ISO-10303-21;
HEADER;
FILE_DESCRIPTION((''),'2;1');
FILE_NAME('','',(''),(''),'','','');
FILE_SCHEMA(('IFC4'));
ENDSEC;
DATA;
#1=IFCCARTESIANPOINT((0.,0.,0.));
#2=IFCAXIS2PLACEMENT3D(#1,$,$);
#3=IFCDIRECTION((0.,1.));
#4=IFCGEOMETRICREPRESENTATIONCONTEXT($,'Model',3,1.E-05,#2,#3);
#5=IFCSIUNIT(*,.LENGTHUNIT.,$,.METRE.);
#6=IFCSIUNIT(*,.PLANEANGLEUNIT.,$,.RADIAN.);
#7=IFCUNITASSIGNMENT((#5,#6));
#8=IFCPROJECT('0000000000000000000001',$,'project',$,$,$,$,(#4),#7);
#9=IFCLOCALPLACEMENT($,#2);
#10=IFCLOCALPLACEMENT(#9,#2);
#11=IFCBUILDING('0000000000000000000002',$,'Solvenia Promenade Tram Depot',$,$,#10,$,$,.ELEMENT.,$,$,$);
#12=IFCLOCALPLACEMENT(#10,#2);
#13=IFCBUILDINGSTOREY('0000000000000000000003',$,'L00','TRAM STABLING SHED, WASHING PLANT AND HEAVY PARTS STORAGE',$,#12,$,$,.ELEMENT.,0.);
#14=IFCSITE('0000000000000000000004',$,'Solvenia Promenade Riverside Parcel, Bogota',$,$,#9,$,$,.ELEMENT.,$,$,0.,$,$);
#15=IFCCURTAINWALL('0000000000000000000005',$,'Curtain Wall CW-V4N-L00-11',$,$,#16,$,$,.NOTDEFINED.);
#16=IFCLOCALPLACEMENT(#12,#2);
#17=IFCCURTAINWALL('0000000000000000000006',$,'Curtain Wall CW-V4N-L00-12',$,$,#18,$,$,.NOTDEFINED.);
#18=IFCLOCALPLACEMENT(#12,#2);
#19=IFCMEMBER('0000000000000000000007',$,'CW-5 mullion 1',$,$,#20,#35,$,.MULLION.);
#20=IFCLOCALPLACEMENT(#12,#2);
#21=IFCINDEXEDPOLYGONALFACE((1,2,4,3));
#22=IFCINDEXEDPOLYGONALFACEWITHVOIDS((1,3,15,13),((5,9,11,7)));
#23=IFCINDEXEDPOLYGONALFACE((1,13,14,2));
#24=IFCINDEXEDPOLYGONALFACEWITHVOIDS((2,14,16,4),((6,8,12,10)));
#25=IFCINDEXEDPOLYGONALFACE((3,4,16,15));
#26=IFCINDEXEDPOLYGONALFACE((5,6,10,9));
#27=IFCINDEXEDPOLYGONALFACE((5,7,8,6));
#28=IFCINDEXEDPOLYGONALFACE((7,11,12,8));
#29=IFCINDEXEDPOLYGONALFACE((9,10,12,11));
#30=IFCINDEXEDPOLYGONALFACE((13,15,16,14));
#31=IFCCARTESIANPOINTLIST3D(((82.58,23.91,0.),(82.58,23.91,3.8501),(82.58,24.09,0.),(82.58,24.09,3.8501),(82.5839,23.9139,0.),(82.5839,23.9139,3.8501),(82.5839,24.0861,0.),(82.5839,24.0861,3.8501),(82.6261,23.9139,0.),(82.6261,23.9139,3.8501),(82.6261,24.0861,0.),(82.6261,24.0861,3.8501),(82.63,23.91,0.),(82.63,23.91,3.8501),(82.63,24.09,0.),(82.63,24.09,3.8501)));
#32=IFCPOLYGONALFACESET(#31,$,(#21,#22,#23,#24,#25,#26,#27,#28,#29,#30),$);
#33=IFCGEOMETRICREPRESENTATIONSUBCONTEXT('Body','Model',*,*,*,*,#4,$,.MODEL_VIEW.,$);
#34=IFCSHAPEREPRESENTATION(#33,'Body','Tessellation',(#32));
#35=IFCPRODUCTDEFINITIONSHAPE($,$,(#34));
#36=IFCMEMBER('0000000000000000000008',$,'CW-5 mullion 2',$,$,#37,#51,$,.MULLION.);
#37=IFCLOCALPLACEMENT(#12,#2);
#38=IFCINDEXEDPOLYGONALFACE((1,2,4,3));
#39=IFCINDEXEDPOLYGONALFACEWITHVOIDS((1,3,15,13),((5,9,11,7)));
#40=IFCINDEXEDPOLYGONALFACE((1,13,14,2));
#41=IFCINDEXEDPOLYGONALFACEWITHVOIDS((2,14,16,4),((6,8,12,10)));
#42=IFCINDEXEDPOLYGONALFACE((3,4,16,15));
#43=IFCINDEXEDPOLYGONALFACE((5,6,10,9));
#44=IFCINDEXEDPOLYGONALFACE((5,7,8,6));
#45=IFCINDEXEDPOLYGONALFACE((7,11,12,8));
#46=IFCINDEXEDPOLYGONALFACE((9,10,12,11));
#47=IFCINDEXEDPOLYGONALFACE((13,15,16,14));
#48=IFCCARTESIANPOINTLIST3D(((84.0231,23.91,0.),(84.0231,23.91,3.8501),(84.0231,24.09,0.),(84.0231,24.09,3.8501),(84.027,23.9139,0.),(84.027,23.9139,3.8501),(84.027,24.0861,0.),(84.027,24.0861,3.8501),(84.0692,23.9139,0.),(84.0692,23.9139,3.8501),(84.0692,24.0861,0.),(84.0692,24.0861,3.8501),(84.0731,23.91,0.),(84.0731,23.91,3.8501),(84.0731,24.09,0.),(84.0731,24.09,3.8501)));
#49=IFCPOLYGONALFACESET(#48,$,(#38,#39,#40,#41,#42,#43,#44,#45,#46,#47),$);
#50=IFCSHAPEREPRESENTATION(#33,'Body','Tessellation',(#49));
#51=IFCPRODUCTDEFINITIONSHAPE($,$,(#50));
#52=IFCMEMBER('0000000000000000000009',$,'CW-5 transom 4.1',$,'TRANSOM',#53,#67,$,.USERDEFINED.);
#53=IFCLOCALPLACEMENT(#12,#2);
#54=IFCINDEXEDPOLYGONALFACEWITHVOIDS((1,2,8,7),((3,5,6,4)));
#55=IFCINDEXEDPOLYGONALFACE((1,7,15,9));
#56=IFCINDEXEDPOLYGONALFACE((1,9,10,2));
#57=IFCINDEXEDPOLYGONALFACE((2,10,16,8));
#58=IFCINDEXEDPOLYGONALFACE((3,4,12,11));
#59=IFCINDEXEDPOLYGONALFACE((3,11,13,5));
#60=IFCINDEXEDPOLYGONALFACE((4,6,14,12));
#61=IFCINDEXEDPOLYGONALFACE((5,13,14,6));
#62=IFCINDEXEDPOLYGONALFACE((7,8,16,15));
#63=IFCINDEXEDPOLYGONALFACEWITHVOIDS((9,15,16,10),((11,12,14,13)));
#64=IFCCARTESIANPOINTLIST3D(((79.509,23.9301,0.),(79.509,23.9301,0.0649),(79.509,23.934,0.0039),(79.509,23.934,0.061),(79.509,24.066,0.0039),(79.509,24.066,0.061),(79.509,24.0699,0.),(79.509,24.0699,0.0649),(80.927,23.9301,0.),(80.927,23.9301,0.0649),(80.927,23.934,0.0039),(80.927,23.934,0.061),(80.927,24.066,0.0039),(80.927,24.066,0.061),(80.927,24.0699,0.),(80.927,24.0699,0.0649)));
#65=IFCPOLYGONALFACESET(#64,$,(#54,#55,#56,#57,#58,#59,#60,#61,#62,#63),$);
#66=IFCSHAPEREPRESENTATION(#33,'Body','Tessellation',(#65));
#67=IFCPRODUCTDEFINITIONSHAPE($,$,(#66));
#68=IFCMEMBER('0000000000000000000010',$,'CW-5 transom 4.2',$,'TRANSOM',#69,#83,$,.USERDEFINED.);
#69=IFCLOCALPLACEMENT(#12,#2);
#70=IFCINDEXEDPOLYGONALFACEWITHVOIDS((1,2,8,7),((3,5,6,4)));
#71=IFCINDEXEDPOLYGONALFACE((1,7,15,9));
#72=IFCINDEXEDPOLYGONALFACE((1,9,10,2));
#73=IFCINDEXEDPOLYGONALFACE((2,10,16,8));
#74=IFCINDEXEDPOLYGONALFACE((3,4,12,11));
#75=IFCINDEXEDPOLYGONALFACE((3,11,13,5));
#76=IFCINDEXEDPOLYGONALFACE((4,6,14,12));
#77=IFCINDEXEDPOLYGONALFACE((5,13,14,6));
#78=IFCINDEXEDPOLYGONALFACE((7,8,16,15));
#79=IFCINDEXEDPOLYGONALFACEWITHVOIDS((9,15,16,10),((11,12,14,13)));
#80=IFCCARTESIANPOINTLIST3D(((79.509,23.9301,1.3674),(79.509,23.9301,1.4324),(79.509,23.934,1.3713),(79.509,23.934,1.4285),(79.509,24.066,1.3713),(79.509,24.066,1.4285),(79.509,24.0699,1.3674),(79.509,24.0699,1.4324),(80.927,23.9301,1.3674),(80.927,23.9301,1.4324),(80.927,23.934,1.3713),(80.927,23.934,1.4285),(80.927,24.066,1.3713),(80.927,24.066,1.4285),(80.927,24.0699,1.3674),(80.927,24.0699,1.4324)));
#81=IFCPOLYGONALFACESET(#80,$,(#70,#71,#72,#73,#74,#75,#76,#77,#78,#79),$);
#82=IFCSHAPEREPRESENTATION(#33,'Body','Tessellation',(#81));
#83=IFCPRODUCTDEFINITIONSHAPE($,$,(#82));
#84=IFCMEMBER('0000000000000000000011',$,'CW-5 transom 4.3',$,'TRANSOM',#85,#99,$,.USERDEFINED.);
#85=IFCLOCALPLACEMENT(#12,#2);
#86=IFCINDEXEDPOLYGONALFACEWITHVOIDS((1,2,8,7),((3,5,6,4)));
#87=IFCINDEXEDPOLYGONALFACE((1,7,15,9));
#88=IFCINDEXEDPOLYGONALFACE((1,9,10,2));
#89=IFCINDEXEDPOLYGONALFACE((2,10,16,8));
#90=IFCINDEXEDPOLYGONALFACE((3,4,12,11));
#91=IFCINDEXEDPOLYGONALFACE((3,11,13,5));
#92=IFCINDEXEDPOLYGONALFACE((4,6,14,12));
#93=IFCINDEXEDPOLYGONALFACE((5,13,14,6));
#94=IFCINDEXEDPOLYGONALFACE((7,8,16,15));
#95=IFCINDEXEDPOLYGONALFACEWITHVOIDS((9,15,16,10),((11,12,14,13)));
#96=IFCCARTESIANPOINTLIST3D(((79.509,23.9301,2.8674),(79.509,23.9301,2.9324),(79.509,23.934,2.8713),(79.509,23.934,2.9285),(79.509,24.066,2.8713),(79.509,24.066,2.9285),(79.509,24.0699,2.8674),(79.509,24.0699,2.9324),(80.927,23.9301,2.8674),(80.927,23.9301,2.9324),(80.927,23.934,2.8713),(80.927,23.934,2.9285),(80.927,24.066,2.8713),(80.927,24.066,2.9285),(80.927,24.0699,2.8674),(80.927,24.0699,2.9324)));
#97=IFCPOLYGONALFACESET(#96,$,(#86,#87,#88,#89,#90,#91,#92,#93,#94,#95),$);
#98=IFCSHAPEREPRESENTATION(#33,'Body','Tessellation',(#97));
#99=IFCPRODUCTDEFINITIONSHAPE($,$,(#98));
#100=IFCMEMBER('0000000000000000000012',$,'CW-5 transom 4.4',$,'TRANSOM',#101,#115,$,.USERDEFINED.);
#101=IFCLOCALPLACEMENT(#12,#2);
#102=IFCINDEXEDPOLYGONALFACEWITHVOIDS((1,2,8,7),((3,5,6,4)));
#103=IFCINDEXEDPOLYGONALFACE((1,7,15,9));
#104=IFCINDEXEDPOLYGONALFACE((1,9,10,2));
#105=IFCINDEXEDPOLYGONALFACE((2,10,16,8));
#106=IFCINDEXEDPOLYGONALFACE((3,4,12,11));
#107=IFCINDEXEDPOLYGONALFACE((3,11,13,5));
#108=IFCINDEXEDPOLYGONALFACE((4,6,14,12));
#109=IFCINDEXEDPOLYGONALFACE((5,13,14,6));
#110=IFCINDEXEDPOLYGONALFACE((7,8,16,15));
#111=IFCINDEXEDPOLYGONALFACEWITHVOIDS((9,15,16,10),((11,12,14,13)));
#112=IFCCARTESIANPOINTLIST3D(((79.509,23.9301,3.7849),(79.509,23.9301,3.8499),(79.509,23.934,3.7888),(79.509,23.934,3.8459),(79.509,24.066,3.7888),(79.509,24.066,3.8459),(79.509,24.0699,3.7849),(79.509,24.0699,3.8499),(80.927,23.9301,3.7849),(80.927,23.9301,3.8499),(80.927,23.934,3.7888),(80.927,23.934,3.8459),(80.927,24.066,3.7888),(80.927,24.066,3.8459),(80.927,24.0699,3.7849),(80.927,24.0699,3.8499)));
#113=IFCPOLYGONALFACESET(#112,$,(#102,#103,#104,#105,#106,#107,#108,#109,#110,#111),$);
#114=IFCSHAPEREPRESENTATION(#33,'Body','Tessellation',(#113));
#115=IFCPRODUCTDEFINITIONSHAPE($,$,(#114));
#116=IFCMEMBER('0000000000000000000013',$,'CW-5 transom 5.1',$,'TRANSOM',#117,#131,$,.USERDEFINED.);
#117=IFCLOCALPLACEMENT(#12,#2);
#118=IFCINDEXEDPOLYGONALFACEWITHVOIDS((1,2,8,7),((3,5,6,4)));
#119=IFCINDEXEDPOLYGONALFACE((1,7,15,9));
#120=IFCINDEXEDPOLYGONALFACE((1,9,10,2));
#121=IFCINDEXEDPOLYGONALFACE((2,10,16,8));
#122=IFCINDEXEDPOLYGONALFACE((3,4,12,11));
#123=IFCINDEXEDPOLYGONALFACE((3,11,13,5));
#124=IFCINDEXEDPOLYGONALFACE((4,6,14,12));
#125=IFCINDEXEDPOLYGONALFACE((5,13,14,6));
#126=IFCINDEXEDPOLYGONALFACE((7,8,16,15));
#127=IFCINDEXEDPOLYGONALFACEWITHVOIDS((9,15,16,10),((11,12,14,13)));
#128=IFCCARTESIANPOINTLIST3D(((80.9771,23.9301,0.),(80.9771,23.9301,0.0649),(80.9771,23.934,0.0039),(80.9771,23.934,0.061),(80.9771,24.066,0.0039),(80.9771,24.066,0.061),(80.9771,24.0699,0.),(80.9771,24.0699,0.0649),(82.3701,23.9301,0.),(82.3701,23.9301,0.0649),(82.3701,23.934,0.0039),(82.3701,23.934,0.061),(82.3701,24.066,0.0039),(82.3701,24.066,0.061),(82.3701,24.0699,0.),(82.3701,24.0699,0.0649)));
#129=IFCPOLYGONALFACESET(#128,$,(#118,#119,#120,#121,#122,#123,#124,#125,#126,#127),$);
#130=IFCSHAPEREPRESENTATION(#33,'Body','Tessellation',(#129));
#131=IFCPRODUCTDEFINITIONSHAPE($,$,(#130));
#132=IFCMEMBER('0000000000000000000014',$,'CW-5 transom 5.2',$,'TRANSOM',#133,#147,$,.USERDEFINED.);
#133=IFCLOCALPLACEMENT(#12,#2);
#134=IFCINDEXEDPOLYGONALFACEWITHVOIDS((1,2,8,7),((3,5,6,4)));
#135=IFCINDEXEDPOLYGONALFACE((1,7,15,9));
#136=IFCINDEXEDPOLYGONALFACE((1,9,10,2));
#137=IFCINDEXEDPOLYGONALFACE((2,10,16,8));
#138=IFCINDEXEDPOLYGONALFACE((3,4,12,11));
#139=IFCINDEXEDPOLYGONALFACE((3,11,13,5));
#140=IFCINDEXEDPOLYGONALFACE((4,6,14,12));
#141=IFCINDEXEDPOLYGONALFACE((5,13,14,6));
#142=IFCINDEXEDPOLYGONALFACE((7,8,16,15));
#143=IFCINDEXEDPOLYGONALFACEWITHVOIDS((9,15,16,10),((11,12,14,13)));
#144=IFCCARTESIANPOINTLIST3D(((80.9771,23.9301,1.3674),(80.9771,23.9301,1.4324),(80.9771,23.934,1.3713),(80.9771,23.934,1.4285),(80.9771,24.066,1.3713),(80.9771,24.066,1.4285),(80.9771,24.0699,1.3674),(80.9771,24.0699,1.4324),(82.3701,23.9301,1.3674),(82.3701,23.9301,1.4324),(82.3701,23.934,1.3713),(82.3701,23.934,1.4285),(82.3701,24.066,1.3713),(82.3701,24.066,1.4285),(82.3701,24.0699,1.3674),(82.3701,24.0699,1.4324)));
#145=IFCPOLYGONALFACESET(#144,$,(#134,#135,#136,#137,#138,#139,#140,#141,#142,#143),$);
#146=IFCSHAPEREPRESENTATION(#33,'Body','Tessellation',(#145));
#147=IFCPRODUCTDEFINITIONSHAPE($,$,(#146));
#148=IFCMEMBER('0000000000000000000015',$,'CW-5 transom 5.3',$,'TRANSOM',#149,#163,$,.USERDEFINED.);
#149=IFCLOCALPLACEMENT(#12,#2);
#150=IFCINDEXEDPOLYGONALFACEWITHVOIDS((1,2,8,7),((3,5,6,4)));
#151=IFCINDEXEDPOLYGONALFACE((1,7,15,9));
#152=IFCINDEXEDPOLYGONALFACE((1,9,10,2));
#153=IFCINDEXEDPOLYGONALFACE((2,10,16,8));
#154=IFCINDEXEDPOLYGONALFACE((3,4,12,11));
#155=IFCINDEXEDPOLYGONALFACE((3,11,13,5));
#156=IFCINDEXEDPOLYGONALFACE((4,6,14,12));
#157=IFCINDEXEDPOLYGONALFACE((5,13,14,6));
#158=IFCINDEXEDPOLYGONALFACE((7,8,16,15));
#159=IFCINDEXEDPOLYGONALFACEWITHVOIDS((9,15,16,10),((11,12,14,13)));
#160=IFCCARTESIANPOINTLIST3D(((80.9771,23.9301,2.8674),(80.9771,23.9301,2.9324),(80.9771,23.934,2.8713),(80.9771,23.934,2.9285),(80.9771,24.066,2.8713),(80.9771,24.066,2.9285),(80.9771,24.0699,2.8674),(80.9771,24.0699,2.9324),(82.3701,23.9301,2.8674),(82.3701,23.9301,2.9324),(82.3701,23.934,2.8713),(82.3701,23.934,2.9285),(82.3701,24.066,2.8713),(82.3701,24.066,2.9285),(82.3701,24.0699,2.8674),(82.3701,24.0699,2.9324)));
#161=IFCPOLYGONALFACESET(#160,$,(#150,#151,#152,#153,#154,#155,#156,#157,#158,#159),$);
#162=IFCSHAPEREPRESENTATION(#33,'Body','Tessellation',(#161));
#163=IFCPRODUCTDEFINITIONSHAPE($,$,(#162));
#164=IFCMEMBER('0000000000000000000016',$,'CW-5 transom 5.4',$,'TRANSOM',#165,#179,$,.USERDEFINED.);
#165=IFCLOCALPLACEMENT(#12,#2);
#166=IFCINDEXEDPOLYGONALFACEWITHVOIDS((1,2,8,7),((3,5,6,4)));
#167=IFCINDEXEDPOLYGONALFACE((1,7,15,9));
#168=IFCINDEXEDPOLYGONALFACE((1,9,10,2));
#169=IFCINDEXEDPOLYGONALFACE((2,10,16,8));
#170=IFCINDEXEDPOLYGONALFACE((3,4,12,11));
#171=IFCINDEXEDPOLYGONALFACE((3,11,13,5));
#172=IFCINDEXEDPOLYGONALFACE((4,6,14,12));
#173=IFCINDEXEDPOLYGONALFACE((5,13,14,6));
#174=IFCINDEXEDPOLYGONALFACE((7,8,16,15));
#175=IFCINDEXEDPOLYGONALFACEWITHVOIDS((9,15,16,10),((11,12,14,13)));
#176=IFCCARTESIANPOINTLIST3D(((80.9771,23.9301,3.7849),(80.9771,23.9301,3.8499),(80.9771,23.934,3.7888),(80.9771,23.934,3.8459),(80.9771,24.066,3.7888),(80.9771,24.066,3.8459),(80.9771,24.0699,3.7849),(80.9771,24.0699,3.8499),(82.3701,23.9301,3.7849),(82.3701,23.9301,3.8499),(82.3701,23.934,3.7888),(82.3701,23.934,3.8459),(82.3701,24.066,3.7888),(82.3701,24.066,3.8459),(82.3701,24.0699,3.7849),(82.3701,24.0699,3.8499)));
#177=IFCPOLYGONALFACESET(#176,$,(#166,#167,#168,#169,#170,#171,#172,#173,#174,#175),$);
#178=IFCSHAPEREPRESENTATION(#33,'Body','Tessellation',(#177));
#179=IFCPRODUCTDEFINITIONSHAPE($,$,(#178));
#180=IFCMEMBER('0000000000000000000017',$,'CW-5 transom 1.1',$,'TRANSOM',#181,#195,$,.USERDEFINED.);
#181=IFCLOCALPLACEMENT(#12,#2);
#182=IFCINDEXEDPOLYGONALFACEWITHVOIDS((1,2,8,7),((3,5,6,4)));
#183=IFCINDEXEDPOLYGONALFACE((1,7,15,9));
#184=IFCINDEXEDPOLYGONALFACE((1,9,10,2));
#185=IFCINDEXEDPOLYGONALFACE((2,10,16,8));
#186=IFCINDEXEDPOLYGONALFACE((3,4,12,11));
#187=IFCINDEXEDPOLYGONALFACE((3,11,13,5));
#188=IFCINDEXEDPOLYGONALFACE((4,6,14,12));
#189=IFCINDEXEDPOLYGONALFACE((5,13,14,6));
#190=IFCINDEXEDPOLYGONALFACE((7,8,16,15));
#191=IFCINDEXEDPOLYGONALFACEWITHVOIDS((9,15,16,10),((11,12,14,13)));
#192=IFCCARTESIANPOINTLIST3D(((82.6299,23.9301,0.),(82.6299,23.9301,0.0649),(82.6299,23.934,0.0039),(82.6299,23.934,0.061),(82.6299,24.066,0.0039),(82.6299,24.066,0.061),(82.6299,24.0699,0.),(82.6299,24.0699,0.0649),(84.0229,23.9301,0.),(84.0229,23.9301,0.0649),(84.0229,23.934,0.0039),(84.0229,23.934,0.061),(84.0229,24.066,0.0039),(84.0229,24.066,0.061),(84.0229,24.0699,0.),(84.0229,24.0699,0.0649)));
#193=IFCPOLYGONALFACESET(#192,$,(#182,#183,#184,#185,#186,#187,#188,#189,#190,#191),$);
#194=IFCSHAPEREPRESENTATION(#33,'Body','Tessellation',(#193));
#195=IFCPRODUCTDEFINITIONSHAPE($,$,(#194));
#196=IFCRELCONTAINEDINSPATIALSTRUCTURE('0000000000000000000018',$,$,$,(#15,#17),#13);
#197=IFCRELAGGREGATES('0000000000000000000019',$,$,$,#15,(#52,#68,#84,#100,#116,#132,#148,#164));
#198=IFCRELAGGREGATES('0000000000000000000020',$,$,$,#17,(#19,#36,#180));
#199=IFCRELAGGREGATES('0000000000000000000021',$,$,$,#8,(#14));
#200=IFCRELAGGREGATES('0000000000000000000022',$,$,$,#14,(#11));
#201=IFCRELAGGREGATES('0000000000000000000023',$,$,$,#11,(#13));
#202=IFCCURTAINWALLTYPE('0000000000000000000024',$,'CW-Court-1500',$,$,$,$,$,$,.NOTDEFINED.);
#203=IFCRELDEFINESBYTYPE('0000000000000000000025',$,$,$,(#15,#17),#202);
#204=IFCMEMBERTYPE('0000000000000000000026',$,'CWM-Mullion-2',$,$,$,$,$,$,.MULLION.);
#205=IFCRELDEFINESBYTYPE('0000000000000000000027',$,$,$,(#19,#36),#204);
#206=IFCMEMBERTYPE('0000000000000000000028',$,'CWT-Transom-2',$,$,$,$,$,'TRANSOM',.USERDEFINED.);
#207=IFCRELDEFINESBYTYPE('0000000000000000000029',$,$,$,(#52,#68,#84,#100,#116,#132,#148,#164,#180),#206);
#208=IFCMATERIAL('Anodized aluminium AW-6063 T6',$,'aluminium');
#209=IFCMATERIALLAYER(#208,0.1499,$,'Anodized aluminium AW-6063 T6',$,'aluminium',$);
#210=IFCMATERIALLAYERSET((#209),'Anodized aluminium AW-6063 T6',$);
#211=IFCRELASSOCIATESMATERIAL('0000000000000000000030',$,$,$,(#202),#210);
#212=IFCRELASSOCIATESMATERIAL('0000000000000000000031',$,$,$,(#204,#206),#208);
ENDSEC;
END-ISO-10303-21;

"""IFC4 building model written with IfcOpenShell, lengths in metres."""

from ifc_helpers import new_model, si_unit, direction, frame, origin, origin_2d, place, context, subcontext, project, spatial, hollow_rectangle, extrude, material, layer, layer_set, material_profile, profile_set, type_object, element, aggregate, save


model = new_model("IFC4")

# Units and contexts
model_context = context("Model", 3, precision=1e-05, world=origin(), true_north=direction((0.0, 1.0)))
body_context = subcontext(model_context, "Body", "Model", "MODEL_VIEW")
ifc_project = project(units=[si_unit("LENGTHUNIT", "METRE"), si_unit("PLANEANGLEUNIT", "RADIAN")], contexts=[model_context])

# Site, building, storey
site_placement = place(None, origin())
site = spatial("IfcSite", under=ifc_project, at=site_placement, Name="Solvenia Promenade Riverside Parcel, Bogota", CompositionType="ELEMENT", RefElevation=0.0)
building_placement = place(site_placement, origin())
building = spatial("IfcBuilding", under=site, at=building_placement, Name="Solvenia Promenade Tram Depot", CompositionType="ELEMENT")
storey_placement = place(building_placement, origin())
storey = spatial("IfcBuildingStorey", under=building, at=storey_placement, Name="L00", Description="TRAM STABLING SHED, WASHING PLANT AND HEAVY PARTS STORAGE", CompositionType="ELEMENT", Elevation=0.0)

# Curtain walls, members
ifc_material_1 = material(Name="Anodized aluminium AW-6063 T6", Category="aluminium")
ifc_layer_1 = layer(ifc_material_1, 0.1499, Name="Anodized aluminium AW-6063 T6", Category="aluminium")
ifc_layer_set_1 = layer_set([ifc_layer_1], Name="Anodized aluminium AW-6063 T6")
curtain_wall_type = type_object("IfcCurtainWallType", Name="CW-Court-1500", PredefinedType="NOTDEFINED", material=ifc_layer_set_1)
curtain_wall_1_placement = place(storey_placement, origin())
curtain_wall_1 = element("IfcCurtainWall", 1, at=curtain_wall_1_placement, inside=storey, type_object=curtain_wall_type, Name="Curtain Wall CW-V4N-L00-11", PredefinedType="NOTDEFINED")
ifc_material_profile_1 = material_profile(ifc_material_1, hollow_rectangle(XDim=0.1799, YDim=0.05, WallThickness=0.0039, at=origin_2d()), Name="ALU-M2", Category="aluminium")
ifc_profile_set_1 = profile_set([ifc_material_profile_1], Name="Anodized aluminium AW-6063 T6")
member_type_1 = type_object("IfcMemberType", Name="CWM-Mullion-2", PredefinedType="MULLION", material=ifc_profile_set_1)
curtain_wall_2_placement = place(storey_placement, origin())
curtain_wall_2 = element("IfcCurtainWall", 2, at=curtain_wall_2_placement, inside=storey, type_object=curtain_wall_type, Name="Curtain Wall CW-V4N-L00-12", PredefinedType="NOTDEFINED")
member_1_placement = place(storey_placement, frame((82.605, 24.0, 0.0), z_axis=(0.0, 0.0, 1.0), x_axis=(0.0, 1.0, 0.0)))
member_1 = element("IfcMember", 3, at=member_1_placement, type_object=member_type_1, Name="CW-5 mullion 1", PredefinedType="MULLION", context=body_context, shape_type="SweptSolid", body=[
    extrude(hollow_rectangle(XDim=0.1799, YDim=0.05, WallThickness=0.0039, at=origin_2d()), origin(), (0.0, 0.0, 1.0), 3.8501),
])
member_2_placement = place(storey_placement, frame((84.0481, 24.0, 0.0), z_axis=(0.0, 0.0, 1.0), x_axis=(0.0, 1.0, 0.0)))
member_2 = element("IfcMember", 4, at=member_2_placement, type_object=member_type_1, Name="CW-5 mullion 2", PredefinedType="MULLION", context=body_context, shape_type="SweptSolid", body=[
    extrude(hollow_rectangle(XDim=0.1799, YDim=0.05, WallThickness=0.0039, at=origin_2d()), origin(), (0.0, 0.0, 1.0), 3.8501),
])

# Members
ifc_material_profile_2 = material_profile(ifc_material_1, hollow_rectangle(XDim=0.1399, YDim=0.0649, WallThickness=0.0039, at=origin_2d()), Name="ALU-T2", Category="aluminium")
ifc_profile_set_2 = profile_set([ifc_material_profile_2], Name="Anodized aluminium AW-6063 T6")
member_type_2 = type_object("IfcMemberType", Name="CWT-Transom-2", ElementType="TRANSOM", PredefinedType="USERDEFINED", material=ifc_profile_set_2)
member_3_placement = place(storey_placement, frame((79.509, 24.0, 0.0325), z_axis=(1.0, 0.0, 0.0), x_axis=(0.0, 1.0, 0.0)))
member_3 = element("IfcMember", 5, at=member_3_placement, type_object=member_type_2, Name="CW-5 transom 4.1", ObjectType="TRANSOM", PredefinedType="USERDEFINED", context=body_context, shape_type="SweptSolid", body=[
    extrude(hollow_rectangle(XDim=0.1399, YDim=0.0649, WallThickness=0.0039, at=origin_2d()), origin(), (0.0, 0.0, 1.0), 1.418),
])
member_4_placement = place(storey_placement, frame((79.509, 24.0, 1.3999), z_axis=(1.0, 0.0, 0.0), x_axis=(0.0, 1.0, 0.0)))
member_4 = element("IfcMember", 6, at=member_4_placement, type_object=member_type_2, Name="CW-5 transom 4.2", ObjectType="TRANSOM", PredefinedType="USERDEFINED", context=body_context, shape_type="SweptSolid", body=[
    extrude(hollow_rectangle(XDim=0.1399, YDim=0.0649, WallThickness=0.0039, at=origin_2d()), origin(), (0.0, 0.0, 1.0), 1.418),
])
member_5_placement = place(storey_placement, frame((79.509, 24.0, 2.8999), z_axis=(1.0, 0.0, 0.0), x_axis=(0.0, 1.0, 0.0)))
member_5 = element("IfcMember", 7, at=member_5_placement, type_object=member_type_2, Name="CW-5 transom 4.3", ObjectType="TRANSOM", PredefinedType="USERDEFINED", context=body_context, shape_type="SweptSolid", body=[
    extrude(hollow_rectangle(XDim=0.1399, YDim=0.0649, WallThickness=0.0039, at=origin_2d()), origin(), (0.0, 0.0, 1.0), 1.418),
])
member_6_placement = place(storey_placement, frame((79.509, 24.0, 3.8174), z_axis=(1.0, 0.0, 0.0), x_axis=(0.0, 1.0, 0.0)))
member_6 = element("IfcMember", 8, at=member_6_placement, type_object=member_type_2, Name="CW-5 transom 4.4", ObjectType="TRANSOM", PredefinedType="USERDEFINED", context=body_context, shape_type="SweptSolid", body=[
    extrude(hollow_rectangle(XDim=0.1399, YDim=0.0649, WallThickness=0.0039, at=origin_2d()), origin(), (0.0, 0.0, 1.0), 1.418),
])
member_7_placement = place(storey_placement, frame((80.9771, 24.0, 0.0325), z_axis=(1.0, 0.0, 0.0), x_axis=(0.0, 1.0, 0.0)))
member_7 = element("IfcMember", 9, at=member_7_placement, type_object=member_type_2, Name="CW-5 transom 5.1", ObjectType="TRANSOM", PredefinedType="USERDEFINED", context=body_context, shape_type="SweptSolid", body=[
    extrude(hollow_rectangle(XDim=0.1399, YDim=0.0649, WallThickness=0.0039, at=origin_2d()), origin(), (0.0, 0.0, 1.0), 1.3931),
])
member_8_placement = place(storey_placement, frame((80.9771, 24.0, 1.3999), z_axis=(1.0, 0.0, 0.0), x_axis=(0.0, 1.0, 0.0)))
member_8 = element("IfcMember", 10, at=member_8_placement, type_object=member_type_2, Name="CW-5 transom 5.2", ObjectType="TRANSOM", PredefinedType="USERDEFINED", context=body_context, shape_type="SweptSolid", body=[
    extrude(hollow_rectangle(XDim=0.1399, YDim=0.0649, WallThickness=0.0039, at=origin_2d()), origin(), (0.0, 0.0, 1.0), 1.3931),
])
member_9_placement = place(storey_placement, frame((80.9771, 24.0, 2.8999), z_axis=(1.0, 0.0, 0.0), x_axis=(0.0, 1.0, 0.0)))
member_9 = element("IfcMember", 11, at=member_9_placement, type_object=member_type_2, Name="CW-5 transom 5.3", ObjectType="TRANSOM", PredefinedType="USERDEFINED", context=body_context, shape_type="SweptSolid", body=[
    extrude(hollow_rectangle(XDim=0.1399, YDim=0.0649, WallThickness=0.0039, at=origin_2d()), origin(), (0.0, 0.0, 1.0), 1.3931),
])
member_10_placement = place(storey_placement, frame((80.9771, 24.0, 3.8174), z_axis=(1.0, 0.0, 0.0), x_axis=(0.0, 1.0, 0.0)))
member_10 = element("IfcMember", 12, at=member_10_placement, type_object=member_type_2, Name="CW-5 transom 5.4", ObjectType="TRANSOM", PredefinedType="USERDEFINED", context=body_context, shape_type="SweptSolid", body=[
    extrude(hollow_rectangle(XDim=0.1399, YDim=0.0649, WallThickness=0.0039, at=origin_2d()), origin(), (0.0, 0.0, 1.0), 1.3931),
])
member_11_placement = place(storey_placement, frame((82.6299, 24.0, 0.0325), z_axis=(1.0, 0.0, 0.0), x_axis=(0.0, 1.0, 0.0)))
member_11 = element("IfcMember", 13, at=member_11_placement, type_object=member_type_2, Name="CW-5 transom 1.1", ObjectType="TRANSOM", PredefinedType="USERDEFINED", context=body_context, shape_type="SweptSolid", body=[
    extrude(hollow_rectangle(XDim=0.1399, YDim=0.0649, WallThickness=0.0039, at=origin_2d()), origin(), (0.0, 0.0, 1.0), 1.3931),
])

aggregate(curtain_wall_1, [member_3, member_4, member_5, member_6, member_7, member_8, member_9, member_10])
aggregate(curtain_wall_2, [member_1, member_2, member_11])

save(model, "model.ifc")
